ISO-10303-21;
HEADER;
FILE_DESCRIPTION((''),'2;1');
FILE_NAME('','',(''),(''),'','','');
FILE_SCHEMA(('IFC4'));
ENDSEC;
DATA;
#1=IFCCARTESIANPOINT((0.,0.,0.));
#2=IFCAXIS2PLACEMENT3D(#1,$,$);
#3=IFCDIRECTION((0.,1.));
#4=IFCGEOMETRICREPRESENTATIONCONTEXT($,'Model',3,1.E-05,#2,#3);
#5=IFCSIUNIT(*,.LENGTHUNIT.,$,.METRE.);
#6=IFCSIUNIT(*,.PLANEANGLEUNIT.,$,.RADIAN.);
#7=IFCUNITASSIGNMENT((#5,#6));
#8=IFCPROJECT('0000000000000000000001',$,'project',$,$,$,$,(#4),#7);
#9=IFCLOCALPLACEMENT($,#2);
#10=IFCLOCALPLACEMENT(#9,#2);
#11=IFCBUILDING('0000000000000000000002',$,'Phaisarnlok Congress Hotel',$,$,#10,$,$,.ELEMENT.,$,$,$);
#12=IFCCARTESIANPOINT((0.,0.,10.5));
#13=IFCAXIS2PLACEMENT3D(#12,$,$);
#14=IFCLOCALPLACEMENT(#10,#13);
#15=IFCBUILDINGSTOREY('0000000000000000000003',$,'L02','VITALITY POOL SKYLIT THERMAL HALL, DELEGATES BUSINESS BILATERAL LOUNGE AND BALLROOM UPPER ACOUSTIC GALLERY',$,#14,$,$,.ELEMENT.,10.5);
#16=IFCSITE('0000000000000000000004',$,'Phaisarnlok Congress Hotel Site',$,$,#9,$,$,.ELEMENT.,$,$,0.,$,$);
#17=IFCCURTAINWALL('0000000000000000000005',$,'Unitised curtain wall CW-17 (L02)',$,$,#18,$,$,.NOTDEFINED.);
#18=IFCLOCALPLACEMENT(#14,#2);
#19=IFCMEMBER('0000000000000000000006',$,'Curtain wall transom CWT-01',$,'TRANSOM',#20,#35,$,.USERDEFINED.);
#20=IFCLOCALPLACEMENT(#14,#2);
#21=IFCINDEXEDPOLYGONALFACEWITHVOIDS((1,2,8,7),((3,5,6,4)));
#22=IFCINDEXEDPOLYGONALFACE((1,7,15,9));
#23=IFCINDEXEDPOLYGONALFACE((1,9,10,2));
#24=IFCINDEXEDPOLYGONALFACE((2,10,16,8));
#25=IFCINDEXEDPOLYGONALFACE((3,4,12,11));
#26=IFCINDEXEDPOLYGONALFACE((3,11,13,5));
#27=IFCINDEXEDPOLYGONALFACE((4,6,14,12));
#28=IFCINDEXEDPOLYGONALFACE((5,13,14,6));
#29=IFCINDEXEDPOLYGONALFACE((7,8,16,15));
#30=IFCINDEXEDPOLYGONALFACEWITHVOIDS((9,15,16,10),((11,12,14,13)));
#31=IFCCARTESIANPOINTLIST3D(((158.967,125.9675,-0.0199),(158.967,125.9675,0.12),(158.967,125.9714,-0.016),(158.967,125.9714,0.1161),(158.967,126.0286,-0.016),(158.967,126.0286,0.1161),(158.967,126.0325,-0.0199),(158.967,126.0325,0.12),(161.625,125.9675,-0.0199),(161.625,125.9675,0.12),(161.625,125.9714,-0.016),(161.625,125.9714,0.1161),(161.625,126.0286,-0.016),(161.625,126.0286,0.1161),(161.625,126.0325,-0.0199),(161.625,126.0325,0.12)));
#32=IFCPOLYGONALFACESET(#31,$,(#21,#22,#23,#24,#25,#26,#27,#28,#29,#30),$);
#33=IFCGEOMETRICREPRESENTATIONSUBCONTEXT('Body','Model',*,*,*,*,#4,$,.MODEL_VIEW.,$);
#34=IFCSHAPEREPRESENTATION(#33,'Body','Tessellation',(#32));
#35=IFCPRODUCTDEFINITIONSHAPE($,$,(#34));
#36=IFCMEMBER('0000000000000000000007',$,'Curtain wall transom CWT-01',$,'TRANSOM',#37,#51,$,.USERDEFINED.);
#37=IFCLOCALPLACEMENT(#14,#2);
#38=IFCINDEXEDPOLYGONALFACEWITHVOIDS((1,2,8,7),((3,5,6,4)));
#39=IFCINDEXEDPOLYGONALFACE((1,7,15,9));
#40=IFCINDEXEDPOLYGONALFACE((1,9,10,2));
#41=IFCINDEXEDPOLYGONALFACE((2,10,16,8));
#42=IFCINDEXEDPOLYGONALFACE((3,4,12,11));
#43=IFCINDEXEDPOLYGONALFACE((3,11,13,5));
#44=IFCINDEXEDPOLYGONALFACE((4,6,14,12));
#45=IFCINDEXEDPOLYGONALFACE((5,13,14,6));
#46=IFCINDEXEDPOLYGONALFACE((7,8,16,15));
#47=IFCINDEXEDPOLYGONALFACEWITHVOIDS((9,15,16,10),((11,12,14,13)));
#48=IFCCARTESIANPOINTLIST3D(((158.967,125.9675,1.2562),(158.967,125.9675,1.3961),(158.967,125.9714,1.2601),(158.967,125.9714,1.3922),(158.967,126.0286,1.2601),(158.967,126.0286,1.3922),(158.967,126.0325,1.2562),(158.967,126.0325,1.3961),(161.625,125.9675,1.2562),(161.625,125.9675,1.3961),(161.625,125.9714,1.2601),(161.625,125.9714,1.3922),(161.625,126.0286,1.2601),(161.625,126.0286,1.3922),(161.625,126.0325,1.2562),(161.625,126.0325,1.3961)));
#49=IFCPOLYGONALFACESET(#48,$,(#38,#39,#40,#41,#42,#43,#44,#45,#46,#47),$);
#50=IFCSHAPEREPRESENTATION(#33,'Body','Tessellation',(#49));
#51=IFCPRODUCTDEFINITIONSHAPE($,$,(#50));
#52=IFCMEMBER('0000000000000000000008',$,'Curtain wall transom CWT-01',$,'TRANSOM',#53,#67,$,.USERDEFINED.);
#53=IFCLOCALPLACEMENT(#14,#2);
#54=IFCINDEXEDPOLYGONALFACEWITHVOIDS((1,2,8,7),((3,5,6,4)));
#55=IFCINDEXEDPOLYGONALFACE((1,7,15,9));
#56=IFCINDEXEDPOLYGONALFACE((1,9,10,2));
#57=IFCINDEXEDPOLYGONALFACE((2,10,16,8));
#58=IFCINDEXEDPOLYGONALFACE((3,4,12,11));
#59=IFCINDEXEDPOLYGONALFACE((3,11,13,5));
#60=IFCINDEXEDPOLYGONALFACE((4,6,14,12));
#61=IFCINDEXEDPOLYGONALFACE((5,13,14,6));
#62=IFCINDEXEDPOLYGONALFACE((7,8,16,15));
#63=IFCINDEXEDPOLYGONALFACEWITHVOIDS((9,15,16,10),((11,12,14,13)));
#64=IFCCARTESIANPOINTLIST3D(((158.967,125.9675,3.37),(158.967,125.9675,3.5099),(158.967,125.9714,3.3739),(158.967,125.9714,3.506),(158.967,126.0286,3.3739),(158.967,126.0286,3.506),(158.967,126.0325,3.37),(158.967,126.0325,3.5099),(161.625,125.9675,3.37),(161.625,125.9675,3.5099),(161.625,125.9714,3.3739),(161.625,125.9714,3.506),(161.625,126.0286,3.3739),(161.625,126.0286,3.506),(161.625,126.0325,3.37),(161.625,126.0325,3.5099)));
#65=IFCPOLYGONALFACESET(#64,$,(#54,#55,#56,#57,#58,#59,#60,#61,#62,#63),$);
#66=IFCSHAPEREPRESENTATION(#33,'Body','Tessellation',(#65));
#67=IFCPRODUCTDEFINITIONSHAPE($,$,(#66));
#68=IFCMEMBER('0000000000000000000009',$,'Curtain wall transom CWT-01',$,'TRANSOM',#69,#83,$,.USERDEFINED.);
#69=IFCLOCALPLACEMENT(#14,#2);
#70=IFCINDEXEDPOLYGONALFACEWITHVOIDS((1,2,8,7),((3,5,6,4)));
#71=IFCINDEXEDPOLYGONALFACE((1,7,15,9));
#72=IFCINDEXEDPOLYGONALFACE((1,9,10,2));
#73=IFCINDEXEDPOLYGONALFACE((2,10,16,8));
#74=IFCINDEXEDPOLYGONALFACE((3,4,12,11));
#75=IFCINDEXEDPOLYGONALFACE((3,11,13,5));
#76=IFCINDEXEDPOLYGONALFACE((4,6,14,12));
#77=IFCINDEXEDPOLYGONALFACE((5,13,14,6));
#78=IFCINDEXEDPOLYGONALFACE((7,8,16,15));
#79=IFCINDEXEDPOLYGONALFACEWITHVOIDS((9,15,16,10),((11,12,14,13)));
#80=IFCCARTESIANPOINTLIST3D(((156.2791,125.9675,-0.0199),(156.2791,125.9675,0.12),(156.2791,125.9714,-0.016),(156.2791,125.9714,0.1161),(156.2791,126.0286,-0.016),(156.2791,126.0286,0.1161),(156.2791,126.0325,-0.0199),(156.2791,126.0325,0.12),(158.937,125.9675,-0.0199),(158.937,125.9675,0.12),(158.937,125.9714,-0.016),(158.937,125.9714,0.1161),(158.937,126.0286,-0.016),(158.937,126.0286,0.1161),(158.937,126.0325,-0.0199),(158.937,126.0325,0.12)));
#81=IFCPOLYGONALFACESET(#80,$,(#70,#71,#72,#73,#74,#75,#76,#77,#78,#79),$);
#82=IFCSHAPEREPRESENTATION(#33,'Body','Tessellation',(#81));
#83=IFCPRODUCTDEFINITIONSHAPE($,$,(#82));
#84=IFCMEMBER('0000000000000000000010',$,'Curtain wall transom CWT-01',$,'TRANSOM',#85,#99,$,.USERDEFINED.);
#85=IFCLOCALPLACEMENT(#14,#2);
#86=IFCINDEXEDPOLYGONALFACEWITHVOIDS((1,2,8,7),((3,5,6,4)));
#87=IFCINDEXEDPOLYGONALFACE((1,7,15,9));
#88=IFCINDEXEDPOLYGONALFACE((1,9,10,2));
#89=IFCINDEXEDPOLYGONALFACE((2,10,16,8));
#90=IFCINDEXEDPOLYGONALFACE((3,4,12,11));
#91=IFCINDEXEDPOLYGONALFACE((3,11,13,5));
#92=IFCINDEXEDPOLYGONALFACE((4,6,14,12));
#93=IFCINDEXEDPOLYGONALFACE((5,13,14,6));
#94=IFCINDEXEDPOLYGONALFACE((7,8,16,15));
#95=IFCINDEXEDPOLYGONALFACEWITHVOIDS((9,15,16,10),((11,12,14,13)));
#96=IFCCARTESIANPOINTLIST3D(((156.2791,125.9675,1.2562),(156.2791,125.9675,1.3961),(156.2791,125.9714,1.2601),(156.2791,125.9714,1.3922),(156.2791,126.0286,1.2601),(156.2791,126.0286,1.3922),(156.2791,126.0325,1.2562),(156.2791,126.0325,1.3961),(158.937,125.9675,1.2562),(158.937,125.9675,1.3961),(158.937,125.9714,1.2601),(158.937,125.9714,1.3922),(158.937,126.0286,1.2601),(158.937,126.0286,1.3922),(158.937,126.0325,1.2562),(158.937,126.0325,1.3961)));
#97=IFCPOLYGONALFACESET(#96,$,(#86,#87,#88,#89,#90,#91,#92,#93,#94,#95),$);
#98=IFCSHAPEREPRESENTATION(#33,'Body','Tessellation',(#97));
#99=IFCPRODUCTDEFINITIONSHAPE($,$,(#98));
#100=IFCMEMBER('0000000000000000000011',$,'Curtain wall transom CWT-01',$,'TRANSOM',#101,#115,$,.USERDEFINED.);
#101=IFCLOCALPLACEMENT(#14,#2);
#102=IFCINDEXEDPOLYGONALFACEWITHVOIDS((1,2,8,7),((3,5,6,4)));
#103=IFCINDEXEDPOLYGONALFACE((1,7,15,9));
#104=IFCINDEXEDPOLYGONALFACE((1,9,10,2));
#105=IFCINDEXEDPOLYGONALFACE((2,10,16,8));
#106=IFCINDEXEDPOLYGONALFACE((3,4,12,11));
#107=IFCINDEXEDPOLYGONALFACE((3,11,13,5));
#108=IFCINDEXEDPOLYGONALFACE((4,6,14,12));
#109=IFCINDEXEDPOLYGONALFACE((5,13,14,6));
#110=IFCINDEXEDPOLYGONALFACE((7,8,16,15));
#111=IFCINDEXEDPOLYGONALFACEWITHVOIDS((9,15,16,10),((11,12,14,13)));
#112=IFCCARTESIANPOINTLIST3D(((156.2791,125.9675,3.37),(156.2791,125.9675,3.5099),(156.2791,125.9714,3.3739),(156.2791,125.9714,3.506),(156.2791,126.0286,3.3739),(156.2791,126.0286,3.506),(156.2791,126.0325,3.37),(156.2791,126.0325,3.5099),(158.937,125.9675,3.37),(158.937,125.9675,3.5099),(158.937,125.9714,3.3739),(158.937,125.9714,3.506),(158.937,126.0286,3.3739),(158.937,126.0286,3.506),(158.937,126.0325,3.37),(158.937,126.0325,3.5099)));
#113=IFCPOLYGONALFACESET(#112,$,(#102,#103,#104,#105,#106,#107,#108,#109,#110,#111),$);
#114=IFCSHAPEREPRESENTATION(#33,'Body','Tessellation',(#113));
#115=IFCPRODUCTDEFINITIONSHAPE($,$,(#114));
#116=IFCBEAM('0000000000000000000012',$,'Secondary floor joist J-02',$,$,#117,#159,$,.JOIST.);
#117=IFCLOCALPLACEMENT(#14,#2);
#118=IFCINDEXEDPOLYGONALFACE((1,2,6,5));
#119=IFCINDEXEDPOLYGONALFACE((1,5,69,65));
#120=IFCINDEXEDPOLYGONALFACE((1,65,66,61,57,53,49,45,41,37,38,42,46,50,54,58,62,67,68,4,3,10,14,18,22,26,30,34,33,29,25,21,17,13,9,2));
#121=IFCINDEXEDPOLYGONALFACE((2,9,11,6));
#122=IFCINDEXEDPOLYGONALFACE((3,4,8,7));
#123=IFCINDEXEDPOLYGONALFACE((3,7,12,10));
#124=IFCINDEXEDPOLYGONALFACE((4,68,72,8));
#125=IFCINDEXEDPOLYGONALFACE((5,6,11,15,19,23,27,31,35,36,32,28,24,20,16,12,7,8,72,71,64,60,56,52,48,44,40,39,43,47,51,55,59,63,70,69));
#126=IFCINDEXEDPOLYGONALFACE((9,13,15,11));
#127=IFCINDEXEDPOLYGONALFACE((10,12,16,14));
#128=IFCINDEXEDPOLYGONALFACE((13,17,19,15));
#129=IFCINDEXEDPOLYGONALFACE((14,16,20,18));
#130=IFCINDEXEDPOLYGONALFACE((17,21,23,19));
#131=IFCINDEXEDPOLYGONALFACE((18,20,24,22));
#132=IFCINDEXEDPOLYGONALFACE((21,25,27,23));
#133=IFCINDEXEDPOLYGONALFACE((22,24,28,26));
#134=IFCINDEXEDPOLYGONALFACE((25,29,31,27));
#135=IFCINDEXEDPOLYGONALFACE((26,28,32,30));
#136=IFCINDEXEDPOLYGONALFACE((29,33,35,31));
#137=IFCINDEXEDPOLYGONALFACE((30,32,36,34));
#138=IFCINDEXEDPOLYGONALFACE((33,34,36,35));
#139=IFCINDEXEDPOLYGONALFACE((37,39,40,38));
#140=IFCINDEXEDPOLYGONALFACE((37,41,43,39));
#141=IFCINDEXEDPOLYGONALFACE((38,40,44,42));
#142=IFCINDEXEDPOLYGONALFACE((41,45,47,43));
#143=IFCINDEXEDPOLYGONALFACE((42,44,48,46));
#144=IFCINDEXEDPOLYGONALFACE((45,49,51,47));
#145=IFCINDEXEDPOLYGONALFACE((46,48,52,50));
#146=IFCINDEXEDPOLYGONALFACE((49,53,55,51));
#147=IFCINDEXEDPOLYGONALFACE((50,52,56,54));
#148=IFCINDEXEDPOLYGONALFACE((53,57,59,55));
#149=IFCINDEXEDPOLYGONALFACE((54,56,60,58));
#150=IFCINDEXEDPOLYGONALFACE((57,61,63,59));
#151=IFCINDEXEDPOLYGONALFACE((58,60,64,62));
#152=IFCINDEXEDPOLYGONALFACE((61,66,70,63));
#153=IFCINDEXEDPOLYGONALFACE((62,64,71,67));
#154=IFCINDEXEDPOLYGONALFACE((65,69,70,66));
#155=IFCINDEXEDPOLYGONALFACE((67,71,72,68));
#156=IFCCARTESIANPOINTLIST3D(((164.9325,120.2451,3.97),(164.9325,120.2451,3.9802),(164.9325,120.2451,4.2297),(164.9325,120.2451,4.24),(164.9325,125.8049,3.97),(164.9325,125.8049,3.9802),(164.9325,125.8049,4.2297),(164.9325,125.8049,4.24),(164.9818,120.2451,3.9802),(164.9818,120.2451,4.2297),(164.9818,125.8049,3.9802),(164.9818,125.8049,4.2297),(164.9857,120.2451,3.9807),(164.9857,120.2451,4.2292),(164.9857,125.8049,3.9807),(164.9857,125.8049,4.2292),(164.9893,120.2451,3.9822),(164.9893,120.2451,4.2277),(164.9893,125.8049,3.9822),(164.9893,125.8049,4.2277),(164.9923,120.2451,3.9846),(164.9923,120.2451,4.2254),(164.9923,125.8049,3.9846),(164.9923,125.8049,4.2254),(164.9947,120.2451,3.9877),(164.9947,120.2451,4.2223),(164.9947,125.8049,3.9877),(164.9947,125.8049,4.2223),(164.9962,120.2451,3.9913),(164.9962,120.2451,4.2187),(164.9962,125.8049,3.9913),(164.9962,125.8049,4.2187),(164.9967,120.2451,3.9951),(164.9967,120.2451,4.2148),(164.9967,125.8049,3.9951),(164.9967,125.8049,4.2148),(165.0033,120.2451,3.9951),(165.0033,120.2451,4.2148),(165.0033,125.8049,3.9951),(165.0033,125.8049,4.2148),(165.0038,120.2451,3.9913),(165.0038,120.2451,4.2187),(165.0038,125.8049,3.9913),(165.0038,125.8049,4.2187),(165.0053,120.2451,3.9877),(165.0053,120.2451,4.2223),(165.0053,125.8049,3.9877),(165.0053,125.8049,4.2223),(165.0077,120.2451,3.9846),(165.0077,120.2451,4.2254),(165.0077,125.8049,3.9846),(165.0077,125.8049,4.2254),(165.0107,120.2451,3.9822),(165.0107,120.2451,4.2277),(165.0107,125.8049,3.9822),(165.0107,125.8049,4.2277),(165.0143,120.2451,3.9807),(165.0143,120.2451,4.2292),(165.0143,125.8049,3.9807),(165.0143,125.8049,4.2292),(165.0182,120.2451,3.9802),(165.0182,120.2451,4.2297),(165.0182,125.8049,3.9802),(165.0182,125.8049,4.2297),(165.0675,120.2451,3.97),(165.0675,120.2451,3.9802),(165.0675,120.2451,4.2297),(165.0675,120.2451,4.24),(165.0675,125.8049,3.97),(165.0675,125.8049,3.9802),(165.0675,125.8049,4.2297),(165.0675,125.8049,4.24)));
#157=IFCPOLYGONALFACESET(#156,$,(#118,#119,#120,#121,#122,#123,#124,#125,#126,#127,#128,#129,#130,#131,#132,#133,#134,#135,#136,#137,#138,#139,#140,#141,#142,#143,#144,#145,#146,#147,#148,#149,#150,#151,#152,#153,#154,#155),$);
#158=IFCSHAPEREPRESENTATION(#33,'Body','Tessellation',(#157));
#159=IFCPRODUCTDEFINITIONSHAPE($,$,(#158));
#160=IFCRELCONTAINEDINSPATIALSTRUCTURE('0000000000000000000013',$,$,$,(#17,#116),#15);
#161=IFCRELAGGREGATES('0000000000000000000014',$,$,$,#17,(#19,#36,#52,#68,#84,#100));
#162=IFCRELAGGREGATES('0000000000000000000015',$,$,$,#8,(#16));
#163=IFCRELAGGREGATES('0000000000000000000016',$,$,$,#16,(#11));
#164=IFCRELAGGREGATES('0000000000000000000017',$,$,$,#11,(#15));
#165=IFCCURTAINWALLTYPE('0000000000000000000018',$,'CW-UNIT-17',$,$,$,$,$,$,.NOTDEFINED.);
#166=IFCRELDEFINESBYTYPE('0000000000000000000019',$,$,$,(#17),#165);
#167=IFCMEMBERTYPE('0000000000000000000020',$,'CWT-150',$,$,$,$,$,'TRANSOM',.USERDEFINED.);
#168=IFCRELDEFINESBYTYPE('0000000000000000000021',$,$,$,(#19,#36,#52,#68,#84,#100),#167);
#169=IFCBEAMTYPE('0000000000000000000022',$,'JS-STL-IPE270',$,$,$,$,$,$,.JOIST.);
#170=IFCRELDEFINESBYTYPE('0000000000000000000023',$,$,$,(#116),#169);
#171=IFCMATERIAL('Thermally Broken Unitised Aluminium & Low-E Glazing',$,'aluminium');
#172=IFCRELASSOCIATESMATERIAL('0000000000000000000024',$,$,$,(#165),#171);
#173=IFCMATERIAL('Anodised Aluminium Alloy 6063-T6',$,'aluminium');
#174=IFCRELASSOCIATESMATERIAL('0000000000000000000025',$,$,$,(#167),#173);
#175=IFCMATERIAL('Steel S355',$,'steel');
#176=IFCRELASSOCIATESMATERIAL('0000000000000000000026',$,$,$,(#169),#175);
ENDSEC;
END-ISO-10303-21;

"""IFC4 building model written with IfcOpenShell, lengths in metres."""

from ifc_helpers import new_model, si_unit, direction, frame, origin, origin_2d, place, context, subcontext, project, spatial, hollow_rectangle, i_section, extrude, material, material_profile, profile_set, type_object, element, aggregate, save


model = new_model("IFC4")

# Units and contexts
model_context = context("Model", 3, precision=1e-05, world=origin(), true_north=direction((0.0, 1.0)))
body_context = subcontext(model_context, "Body", "Model", "MODEL_VIEW")
ifc_project = project(units=[si_unit("LENGTHUNIT", "METRE"), si_unit("PLANEANGLEUNIT", "RADIAN")], contexts=[model_context])

# Site, building, storey
site_placement = place(None, origin())
site = spatial("IfcSite", under=ifc_project, at=site_placement, Name="Phaisarnlok Congress Hotel Site", CompositionType="ELEMENT", RefElevation=0.0)
building_placement = place(site_placement, origin())
building = spatial("IfcBuilding", under=site, at=building_placement, Name="Phaisarnlok Congress Hotel", CompositionType="ELEMENT")
storey_placement = place(building_placement, frame((0.0, 0.0, 10.5)))
storey = spatial("IfcBuildingStorey", under=building, at=storey_placement, Name="L02", Description="VITALITY POOL SKYLIT THERMAL HALL, DELEGATES BUSINESS BILATERAL LOUNGE AND BALLROOM UPPER ACOUSTIC GALLERY", CompositionType="ELEMENT", Elevation=10.5)

# Shared definitions
ifc_material_1 = material(Name="Steel S355", Category="steel")

# Curtain wall, members
ifc_material_2 = material(Name="Thermally Broken Unitised Aluminium & Low-E Glazing", Category="aluminium")
curtain_wall_type = type_object("IfcCurtainWallType", Name="CW-UNIT-17", PredefinedType="NOTDEFINED", material=ifc_material_2)
curtain_wall_placement = place(storey_placement, origin())
curtain_wall = element("IfcCurtainWall", 1, at=curtain_wall_placement, inside=storey, type_object=curtain_wall_type, Name="Unitised curtain wall CW-17 (L02)", PredefinedType="NOTDEFINED")
ifc_material_3 = material(Name="Anodised Aluminium Alloy 6063-T6", Category="aluminium")
ifc_material_profile_1 = material_profile(ifc_material_3, hollow_rectangle(XDim=0.0649, YDim=0.1399, WallThickness=0.0039, at=origin_2d()), Name="ALU-T 65x140x4")
ifc_profile_set_1 = profile_set([ifc_material_profile_1], Name="Anodised Aluminium Alloy 6063-T6")
member_type_1 = type_object("IfcMemberType", Name="CWT-150", ElementType="TRANSOM", PredefinedType="USERDEFINED", material=ifc_profile_set_1)
member_1_placement = place(storey_placement, frame((161.625, 126.0, 0.05), z_axis=(-1.0, 0.0, 0.0), x_axis=(0.0, -1.0, 0.0)))
member_1 = element("IfcMember", 2, at=member_1_placement, type_object=member_type_1, Name="Curtain wall transom CWT-01", ObjectType="TRANSOM", PredefinedType="USERDEFINED", context=body_context, shape_type="SweptSolid", body=[
    extrude(hollow_rectangle(XDim=0.0649, YDim=0.1399, WallThickness=0.0039, at=origin_2d()), origin(), (0.0, 0.0, 1.0), 2.658),
])
member_2_placement = place(storey_placement, frame((161.625, 126.0, 1.3262), z_axis=(-1.0, 0.0, 0.0), x_axis=(0.0, -1.0, 0.0)))
member_2 = element("IfcMember", 3, at=member_2_placement, type_object=member_type_1, Name="Curtain wall transom CWT-01", ObjectType="TRANSOM", PredefinedType="USERDEFINED", context=body_context, shape_type="SweptSolid", body=[
    extrude(hollow_rectangle(XDim=0.0649, YDim=0.1399, WallThickness=0.0039, at=origin_2d()), origin(), (0.0, 0.0, 1.0), 2.658),
])
member_3_placement = place(storey_placement, frame((161.625, 126.0, 3.4399), z_axis=(-1.0, 0.0, 0.0), x_axis=(0.0, -1.0, 0.0)))
member_3 = element("IfcMember", 4, at=member_3_placement, type_object=member_type_1, Name="Curtain wall transom CWT-01", ObjectType="TRANSOM", PredefinedType="USERDEFINED", context=body_context, shape_type="SweptSolid", body=[
    extrude(hollow_rectangle(XDim=0.0649, YDim=0.1399, WallThickness=0.0039, at=origin_2d()), origin(), (0.0, 0.0, 1.0), 2.658),
])
member_4_placement = place(storey_placement, frame((158.937, 126.0, 0.05), z_axis=(-1.0, 0.0, 0.0), x_axis=(0.0, -1.0, 0.0)))
member_4 = element("IfcMember", 5, at=member_4_placement, type_object=member_type_1, Name="Curtain wall transom CWT-01", ObjectType="TRANSOM", PredefinedType="USERDEFINED", context=body_context, shape_type="SweptSolid", body=[
    extrude(hollow_rectangle(XDim=0.0649, YDim=0.1399, WallThickness=0.0039, at=origin_2d()), origin(), (0.0, 0.0, 1.0), 2.658),
])
member_5_placement = place(storey_placement, frame((158.937, 126.0, 1.3262), z_axis=(-1.0, 0.0, 0.0), x_axis=(0.0, -1.0, 0.0)))
member_5 = element("IfcMember", 6, at=member_5_placement, type_object=member_type_1, Name="Curtain wall transom CWT-01", ObjectType="TRANSOM", PredefinedType="USERDEFINED", context=body_context, shape_type="SweptSolid", body=[
    extrude(hollow_rectangle(XDim=0.0649, YDim=0.1399, WallThickness=0.0039, at=origin_2d()), origin(), (0.0, 0.0, 1.0), 2.658),
])
member_6_placement = place(storey_placement, frame((158.937, 126.0, 3.4399), z_axis=(-1.0, 0.0, 0.0), x_axis=(0.0, -1.0, 0.0)))
member_6 = element("IfcMember", 7, at=member_6_placement, type_object=member_type_1, Name="Curtain wall transom CWT-01", ObjectType="TRANSOM", PredefinedType="USERDEFINED", context=body_context, shape_type="SweptSolid", body=[
    extrude(hollow_rectangle(XDim=0.0649, YDim=0.1399, WallThickness=0.0039, at=origin_2d()), origin(), (0.0, 0.0, 1.0), 2.658),
])

# Beam
ifc_material_profile_2 = material_profile(ifc_material_1, i_section(OverallWidth=0.135, OverallDepth=0.27, WebThickness=0.0066, FlangeThickness=0.0103, FilletRadius=0.0149, at=origin_2d()), Name="IPE 270")
ifc_profile_set_2 = profile_set([ifc_material_profile_2], Name="Steel S355")
beam_type_1 = type_object("IfcBeamType", Name="JS-STL-IPE270", PredefinedType="JOIST", material=ifc_profile_set_2)
beam_1_placement = place(storey_placement, frame((165.0, 120.2451, 4.105), z_axis=(0.0, 1.0, 0.0), x_axis=(-1.0, 0.0, 0.0)))
element("IfcBeam", 8, at=beam_1_placement, inside=storey, type_object=beam_type_1, Name="Secondary floor joist J-02", PredefinedType="JOIST", context=body_context, shape_type="SweptSolid", body=[
    extrude(i_section(OverallWidth=0.135, OverallDepth=0.27, WebThickness=0.0066, FlangeThickness=0.0103, FilletRadius=0.0149, at=origin_2d()), origin(), (0.0, 0.0, 1.0), 5.5598),
])

aggregate(curtain_wall, [member_1, member_2, member_3, member_4, member_5, member_6])

save(model, "model.ifc")
